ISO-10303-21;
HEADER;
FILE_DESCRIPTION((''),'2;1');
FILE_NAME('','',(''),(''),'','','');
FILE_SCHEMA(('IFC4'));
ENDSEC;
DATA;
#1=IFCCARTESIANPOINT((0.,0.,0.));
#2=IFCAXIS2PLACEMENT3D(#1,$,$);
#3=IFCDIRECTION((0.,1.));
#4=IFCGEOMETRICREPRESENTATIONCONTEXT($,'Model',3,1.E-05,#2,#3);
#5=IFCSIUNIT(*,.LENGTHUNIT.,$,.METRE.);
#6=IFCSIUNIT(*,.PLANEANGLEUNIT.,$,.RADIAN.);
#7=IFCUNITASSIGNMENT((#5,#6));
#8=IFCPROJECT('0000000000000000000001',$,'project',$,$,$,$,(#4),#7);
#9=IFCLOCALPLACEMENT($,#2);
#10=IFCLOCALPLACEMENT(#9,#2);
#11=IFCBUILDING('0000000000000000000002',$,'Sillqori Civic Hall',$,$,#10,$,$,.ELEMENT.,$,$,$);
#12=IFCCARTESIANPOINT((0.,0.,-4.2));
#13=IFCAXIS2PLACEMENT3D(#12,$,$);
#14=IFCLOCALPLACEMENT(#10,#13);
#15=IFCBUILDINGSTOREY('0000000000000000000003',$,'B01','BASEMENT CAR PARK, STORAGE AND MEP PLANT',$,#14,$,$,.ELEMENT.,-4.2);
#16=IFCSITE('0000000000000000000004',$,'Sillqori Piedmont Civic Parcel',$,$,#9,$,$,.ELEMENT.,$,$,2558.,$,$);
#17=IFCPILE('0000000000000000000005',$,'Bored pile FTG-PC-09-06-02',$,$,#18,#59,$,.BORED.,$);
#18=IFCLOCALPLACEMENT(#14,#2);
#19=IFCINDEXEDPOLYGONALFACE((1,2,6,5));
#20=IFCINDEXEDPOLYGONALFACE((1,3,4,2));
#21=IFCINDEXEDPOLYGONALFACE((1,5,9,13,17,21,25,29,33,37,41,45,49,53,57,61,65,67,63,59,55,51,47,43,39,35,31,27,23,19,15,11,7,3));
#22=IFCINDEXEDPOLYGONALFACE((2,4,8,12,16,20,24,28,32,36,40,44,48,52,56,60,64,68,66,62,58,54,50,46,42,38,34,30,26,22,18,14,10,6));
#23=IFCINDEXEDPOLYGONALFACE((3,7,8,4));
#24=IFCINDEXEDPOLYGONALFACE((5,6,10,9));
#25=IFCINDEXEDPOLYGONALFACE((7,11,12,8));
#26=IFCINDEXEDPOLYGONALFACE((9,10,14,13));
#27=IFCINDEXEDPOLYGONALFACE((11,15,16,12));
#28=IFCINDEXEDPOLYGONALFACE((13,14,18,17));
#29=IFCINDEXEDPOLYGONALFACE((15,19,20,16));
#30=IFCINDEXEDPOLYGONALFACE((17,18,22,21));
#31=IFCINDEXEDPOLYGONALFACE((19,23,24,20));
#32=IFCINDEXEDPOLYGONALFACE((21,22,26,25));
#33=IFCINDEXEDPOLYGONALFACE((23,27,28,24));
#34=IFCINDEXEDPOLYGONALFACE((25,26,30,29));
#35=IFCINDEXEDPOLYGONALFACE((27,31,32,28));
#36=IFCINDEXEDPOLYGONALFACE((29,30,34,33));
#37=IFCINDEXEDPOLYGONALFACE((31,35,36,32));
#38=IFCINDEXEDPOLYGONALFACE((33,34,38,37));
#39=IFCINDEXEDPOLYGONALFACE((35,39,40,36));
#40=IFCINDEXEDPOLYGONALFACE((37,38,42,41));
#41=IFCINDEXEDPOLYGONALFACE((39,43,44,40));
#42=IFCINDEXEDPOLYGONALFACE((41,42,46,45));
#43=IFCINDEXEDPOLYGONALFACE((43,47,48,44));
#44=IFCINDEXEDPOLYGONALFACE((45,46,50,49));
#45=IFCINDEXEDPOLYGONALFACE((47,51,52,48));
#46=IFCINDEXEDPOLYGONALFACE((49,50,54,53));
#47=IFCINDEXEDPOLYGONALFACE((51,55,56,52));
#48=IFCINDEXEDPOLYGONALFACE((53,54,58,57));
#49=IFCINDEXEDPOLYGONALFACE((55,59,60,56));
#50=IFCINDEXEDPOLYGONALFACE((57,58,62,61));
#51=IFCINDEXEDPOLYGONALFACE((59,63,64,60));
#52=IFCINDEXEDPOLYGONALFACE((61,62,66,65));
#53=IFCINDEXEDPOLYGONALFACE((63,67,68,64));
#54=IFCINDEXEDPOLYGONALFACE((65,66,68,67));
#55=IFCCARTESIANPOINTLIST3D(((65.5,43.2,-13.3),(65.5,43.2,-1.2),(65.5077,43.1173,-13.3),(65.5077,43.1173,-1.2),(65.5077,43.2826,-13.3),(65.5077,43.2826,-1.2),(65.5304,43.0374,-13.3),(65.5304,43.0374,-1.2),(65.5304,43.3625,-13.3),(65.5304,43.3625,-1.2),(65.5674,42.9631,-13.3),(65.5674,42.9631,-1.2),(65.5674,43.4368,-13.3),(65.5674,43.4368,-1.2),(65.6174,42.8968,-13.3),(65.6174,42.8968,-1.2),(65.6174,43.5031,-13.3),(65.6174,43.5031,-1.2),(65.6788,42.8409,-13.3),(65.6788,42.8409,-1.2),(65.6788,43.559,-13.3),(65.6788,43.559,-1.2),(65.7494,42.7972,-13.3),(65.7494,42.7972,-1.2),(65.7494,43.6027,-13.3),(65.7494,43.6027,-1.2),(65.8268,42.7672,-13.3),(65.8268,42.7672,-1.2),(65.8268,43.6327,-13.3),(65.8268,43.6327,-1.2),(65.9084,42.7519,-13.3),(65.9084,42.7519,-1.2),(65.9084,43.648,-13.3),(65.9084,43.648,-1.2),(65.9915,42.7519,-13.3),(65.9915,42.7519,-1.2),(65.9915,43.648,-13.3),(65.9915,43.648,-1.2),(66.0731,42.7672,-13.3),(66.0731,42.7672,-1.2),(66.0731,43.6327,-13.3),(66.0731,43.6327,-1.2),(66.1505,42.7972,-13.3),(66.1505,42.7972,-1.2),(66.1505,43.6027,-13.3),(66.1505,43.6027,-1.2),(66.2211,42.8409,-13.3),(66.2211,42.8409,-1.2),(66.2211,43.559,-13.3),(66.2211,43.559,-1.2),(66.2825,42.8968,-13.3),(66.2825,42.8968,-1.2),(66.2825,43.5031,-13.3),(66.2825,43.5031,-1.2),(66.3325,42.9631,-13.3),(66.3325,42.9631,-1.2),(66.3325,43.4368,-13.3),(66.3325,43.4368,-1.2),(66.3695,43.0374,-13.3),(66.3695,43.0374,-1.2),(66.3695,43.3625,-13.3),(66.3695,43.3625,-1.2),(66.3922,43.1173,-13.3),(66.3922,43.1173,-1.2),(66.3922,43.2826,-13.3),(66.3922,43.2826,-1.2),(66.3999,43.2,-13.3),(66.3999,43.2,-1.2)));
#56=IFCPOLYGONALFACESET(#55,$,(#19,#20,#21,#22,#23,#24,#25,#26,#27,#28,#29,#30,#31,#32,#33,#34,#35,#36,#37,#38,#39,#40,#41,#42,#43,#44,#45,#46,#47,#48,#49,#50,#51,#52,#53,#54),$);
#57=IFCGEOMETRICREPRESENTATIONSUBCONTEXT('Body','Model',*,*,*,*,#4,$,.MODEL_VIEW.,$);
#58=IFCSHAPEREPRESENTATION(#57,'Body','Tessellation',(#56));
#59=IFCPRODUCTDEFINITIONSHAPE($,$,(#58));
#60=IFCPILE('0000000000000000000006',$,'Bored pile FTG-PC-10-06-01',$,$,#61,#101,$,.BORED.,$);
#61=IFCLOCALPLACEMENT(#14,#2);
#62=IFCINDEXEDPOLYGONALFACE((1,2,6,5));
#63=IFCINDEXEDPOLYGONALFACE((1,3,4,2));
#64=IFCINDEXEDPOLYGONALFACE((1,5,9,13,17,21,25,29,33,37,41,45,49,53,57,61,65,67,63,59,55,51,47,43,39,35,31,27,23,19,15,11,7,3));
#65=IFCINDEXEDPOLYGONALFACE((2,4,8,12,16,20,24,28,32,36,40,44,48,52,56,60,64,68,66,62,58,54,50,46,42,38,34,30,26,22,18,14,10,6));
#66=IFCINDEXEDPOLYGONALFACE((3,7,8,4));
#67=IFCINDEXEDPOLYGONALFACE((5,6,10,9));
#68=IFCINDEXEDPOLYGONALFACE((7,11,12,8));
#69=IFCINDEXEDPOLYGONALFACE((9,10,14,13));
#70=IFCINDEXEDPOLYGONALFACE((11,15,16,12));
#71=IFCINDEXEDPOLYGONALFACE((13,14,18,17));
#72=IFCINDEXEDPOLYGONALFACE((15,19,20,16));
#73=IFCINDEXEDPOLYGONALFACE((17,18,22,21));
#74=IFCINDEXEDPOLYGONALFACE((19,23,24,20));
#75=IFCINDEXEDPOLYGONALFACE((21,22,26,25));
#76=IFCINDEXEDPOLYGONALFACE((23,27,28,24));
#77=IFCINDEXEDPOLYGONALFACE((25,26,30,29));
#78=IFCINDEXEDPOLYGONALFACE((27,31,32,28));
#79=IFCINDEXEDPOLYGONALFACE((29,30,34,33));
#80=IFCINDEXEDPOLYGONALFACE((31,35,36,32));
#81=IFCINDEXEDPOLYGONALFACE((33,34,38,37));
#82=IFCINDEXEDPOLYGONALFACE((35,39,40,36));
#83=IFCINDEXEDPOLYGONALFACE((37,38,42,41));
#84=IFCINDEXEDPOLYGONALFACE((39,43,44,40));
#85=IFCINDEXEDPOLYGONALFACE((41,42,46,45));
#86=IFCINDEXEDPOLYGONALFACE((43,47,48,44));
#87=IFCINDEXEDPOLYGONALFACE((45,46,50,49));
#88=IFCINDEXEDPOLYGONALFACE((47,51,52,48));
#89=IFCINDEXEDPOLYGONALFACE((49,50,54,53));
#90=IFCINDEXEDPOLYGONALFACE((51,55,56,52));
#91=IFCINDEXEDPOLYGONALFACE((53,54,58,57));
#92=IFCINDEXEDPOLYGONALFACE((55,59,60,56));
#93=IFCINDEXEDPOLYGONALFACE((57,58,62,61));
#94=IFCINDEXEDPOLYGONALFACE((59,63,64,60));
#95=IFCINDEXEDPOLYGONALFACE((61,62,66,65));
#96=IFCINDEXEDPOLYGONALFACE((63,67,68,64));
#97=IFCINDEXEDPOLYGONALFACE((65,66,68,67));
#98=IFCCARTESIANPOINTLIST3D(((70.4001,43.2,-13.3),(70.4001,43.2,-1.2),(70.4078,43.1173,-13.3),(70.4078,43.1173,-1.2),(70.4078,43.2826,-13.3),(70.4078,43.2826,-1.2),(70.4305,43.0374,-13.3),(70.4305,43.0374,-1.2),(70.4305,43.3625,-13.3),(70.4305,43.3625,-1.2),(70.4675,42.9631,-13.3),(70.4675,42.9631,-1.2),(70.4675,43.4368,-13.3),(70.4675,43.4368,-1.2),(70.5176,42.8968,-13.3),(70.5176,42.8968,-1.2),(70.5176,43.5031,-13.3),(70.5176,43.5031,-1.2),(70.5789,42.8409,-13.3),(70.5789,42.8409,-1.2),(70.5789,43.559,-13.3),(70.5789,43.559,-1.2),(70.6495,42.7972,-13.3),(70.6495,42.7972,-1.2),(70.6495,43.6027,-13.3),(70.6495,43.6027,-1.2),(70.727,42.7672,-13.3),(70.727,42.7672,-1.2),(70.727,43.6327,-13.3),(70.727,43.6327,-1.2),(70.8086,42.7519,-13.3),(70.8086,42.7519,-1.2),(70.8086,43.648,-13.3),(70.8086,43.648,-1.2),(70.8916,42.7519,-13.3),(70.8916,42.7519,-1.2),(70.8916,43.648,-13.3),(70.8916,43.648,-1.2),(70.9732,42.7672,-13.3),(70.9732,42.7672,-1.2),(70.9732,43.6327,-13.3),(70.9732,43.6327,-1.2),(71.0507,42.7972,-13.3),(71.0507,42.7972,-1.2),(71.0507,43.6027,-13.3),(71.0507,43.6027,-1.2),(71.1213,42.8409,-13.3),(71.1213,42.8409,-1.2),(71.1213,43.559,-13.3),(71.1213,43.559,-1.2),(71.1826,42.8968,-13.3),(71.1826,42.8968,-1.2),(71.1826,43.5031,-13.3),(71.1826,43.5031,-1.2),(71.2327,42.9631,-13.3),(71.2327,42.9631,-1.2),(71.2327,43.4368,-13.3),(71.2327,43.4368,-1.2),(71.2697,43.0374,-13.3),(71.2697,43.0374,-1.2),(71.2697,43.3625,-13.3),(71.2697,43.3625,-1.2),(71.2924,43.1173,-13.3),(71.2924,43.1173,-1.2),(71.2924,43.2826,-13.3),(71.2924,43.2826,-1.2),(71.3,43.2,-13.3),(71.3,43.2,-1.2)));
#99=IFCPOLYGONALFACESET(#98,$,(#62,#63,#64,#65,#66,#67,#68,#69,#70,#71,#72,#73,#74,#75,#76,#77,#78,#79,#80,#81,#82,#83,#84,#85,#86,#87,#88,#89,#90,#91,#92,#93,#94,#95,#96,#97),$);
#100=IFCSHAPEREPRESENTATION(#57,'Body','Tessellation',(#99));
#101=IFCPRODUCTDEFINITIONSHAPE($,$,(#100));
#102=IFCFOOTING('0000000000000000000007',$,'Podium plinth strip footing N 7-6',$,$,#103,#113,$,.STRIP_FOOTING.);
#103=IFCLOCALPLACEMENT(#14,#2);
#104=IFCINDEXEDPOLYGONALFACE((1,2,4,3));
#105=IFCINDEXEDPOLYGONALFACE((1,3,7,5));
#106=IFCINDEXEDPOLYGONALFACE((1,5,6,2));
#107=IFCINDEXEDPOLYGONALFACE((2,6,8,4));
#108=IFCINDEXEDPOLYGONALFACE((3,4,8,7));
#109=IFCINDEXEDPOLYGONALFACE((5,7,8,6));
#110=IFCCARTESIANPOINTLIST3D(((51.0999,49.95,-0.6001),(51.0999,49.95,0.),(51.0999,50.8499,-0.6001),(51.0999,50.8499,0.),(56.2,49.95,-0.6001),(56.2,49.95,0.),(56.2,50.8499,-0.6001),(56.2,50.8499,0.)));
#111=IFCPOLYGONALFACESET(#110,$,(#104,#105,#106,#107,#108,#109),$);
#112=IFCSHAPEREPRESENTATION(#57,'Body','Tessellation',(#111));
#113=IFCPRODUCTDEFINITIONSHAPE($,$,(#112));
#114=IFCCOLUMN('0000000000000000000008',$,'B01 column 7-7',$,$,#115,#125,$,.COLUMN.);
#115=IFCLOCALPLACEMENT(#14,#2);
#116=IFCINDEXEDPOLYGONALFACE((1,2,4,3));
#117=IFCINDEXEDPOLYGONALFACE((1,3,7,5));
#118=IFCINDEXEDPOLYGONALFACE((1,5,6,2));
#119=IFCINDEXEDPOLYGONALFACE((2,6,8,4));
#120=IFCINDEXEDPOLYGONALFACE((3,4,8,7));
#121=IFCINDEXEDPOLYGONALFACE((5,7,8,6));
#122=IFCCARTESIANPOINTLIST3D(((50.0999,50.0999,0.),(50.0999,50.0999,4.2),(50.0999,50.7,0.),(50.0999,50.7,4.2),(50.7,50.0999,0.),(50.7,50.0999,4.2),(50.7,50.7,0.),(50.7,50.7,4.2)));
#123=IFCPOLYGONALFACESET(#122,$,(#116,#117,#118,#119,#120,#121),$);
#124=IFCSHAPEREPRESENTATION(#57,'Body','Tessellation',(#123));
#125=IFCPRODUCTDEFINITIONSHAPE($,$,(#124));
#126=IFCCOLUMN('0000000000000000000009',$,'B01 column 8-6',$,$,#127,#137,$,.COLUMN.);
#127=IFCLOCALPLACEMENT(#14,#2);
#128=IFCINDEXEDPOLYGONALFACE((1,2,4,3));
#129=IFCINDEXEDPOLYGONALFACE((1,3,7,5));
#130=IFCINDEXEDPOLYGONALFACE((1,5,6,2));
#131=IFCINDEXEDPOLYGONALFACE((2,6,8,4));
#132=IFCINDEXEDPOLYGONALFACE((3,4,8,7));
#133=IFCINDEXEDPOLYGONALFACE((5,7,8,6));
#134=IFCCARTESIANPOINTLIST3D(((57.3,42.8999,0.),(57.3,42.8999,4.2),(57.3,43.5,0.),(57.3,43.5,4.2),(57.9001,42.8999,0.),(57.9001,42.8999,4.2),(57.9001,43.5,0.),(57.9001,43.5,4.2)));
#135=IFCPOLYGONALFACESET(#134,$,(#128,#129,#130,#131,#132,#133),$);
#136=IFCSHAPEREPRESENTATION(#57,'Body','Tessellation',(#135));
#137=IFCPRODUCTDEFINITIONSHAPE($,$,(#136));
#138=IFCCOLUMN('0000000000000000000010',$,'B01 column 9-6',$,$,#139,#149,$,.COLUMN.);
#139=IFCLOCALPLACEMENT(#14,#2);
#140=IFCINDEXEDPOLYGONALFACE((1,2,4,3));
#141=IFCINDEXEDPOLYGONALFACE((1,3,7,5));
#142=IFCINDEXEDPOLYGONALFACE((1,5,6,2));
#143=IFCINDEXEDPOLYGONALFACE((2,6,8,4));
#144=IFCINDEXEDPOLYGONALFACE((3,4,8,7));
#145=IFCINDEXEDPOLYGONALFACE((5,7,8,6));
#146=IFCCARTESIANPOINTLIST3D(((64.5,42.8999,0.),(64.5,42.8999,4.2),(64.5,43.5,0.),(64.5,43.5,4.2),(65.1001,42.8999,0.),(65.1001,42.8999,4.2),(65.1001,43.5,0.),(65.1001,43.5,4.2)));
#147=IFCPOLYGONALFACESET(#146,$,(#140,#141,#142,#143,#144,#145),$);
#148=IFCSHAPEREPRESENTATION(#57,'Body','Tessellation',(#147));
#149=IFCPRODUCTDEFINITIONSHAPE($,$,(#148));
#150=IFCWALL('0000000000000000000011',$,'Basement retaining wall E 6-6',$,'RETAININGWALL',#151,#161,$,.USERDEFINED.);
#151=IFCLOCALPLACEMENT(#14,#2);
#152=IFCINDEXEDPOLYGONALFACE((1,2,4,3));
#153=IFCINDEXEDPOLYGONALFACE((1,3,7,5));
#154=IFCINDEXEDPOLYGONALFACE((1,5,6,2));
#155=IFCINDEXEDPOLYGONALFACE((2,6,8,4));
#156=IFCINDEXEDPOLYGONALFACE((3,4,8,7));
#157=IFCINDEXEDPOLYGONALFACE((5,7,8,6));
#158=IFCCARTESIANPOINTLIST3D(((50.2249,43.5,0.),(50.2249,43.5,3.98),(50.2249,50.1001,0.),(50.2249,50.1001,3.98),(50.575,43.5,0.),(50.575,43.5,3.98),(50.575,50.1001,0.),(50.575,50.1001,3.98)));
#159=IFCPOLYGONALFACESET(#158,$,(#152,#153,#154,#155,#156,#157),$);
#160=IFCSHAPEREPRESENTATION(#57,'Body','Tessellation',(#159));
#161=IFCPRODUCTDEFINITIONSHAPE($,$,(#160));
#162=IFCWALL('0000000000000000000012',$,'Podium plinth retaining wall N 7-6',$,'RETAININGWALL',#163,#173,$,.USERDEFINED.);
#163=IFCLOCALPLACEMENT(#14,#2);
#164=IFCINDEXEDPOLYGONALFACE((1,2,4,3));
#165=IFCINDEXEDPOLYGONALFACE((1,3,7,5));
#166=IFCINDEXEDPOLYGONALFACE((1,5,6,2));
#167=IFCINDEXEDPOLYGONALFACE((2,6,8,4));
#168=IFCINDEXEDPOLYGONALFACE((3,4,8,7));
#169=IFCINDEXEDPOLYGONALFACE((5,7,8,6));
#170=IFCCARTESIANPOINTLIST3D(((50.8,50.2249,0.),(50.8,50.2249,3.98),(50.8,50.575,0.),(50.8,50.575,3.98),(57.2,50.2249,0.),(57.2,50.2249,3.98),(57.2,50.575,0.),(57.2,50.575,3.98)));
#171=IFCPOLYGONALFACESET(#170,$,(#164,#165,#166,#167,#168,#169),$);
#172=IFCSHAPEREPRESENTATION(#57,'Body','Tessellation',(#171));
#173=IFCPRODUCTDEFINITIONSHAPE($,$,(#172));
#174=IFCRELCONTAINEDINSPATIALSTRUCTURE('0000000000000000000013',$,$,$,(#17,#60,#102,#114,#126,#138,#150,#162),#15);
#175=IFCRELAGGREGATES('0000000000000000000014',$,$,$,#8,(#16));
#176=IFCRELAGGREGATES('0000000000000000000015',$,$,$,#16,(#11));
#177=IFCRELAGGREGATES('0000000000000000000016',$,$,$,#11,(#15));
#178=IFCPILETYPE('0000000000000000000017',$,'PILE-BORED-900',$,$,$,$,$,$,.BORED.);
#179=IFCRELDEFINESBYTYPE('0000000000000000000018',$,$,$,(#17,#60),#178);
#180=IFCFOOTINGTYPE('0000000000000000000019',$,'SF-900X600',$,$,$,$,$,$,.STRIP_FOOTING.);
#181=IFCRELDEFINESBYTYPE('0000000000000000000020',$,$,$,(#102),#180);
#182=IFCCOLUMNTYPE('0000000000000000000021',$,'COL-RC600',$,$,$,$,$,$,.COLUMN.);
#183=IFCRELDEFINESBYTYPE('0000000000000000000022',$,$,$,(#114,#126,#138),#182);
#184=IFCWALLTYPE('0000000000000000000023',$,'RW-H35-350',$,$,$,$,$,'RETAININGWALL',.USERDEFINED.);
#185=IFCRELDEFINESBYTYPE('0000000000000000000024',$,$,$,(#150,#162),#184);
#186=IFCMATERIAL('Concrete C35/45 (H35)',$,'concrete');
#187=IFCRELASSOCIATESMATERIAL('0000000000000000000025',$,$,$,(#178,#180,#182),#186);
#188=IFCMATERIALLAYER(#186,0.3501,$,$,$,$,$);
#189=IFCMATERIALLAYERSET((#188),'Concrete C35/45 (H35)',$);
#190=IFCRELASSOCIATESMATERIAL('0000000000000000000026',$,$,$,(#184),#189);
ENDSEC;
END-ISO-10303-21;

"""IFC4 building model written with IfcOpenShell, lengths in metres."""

from ifc_helpers import new_model, si_unit, direction, frame, frame_2d, origin, origin_2d, place, context, subcontext, project, spatial, rectangle, circle, extrude, material, layer, layer_set, material_profile, profile_set, type_object, element, save


model = new_model("IFC4")

# Units and contexts
model_context = context("Model", 3, precision=1e-05, world=origin(), true_north=direction((0.0, 1.0)))
body_context = subcontext(model_context, "Body", "Model", "MODEL_VIEW")
ifc_project = project(units=[si_unit("LENGTHUNIT", "METRE"), si_unit("PLANEANGLEUNIT", "RADIAN")], contexts=[model_context])

# Site, building, storey
site_placement = place(None, origin())
site = spatial("IfcSite", under=ifc_project, at=site_placement, Name="Sillqori Piedmont Civic Parcel", CompositionType="ELEMENT", RefElevation=2558.0)
building_placement = place(site_placement, origin())
building = spatial("IfcBuilding", under=site, at=building_placement, Name="Sillqori Civic Hall", CompositionType="ELEMENT")
storey_placement = place(building_placement, frame((0.0, 0.0, -4.2)))
storey = spatial("IfcBuildingStorey", under=building, at=storey_placement, Name="B01", Description="BASEMENT CAR PARK, STORAGE AND MEP PLANT", CompositionType="ELEMENT", Elevation=-4.2)

# Shared definitions
ifc_material = material(Name="Concrete C35/45 (H35)", Category="concrete")

# Piles
ifc_material_profile_1 = material_profile(ifc_material, circle(Radius=0.45, at=origin_2d()), Name="BORED PILE 900")
ifc_profile_set_1 = profile_set([ifc_material_profile_1], Name="Concrete C35/45 (H35)")
pile_type = type_object("IfcPileType", Name="PILE-BORED-900", PredefinedType="BORED", material=ifc_profile_set_1)
for number, where, z_axis, x_axis, name in (
    (1, (65.95, 43.2, -1.2), (0.0, 0.0, -1.0), (1.0, 0.0, 0.0), "Bored pile FTG-PC-09-06-02"),
    (2, (70.8501, 43.2, -1.2), (0.0, 0.0, -1.0), (1.0, 0.0, 0.0), "Bored pile FTG-PC-10-06-01"),
):
    element("IfcPile", number, at=place(storey_placement, frame(where, z_axis=z_axis, x_axis=x_axis)), inside=storey, type_object=pile_type, Name=name, PredefinedType="BORED", context=body_context, shape_type="SweptSolid", body=[
        extrude(circle(Radius=0.45, at=origin_2d()), origin(), (0.0, 0.0, 1.0), 12.1001),
    ])

# Footing
footing_type_1 = type_object("IfcFootingType", Name="SF-900X600", PredefinedType="STRIP_FOOTING", material=ifc_material)
footing_1_placement = place(storey_placement, frame((53.6499, 50.3999, -0.6001), z_axis=(0.0, 0.0, 1.0), x_axis=(1.0, 0.0, 0.0)))
element("IfcFooting", 3, at=footing_1_placement, inside=storey, type_object=footing_type_1, Name="Podium plinth strip footing N 7-6", PredefinedType="STRIP_FOOTING", context=body_context, shape_type="SweptSolid", body=[
    extrude(rectangle(XDim=5.1001, YDim=0.8999, at=origin_2d()), origin(), (0.0, 0.0, 1.0), 0.6001),
])

# Columns
ifc_material_profile_2 = material_profile(ifc_material, rectangle(XDim=0.6001, YDim=0.6001, at=origin_2d()), Name="RC 600x600")
ifc_profile_set_2 = profile_set([ifc_material_profile_2], Name="Concrete C35/45 (H35)")
column_type = type_object("IfcColumnType", Name="COL-RC600", PredefinedType="COLUMN", material=ifc_profile_set_2)
for number, where, z_axis, x_axis, name in (
    (4, (50.3999, 50.3999, 0.0), (0.0, 0.0, 1.0), (1.0, 0.0, 0.0), "B01 column 7-7"),
    (5, (57.6001, 43.2, 0.0), (0.0, 0.0, 1.0), (1.0, 0.0, 0.0), "B01 column 8-6"),
    (6, (64.8, 43.2, 0.0), (0.0, 0.0, 1.0), (1.0, 0.0, 0.0), "B01 column 9-6"),
):
    element("IfcColumn", number, at=place(storey_placement, frame(where, z_axis=z_axis, x_axis=x_axis)), inside=storey, type_object=column_type, Name=name, PredefinedType="COLUMN", context=body_context, shape_type="SweptSolid", body=[
        extrude(rectangle(XDim=0.6001, YDim=0.6001, at=origin_2d()), origin(), (0.0, 0.0, 1.0), 4.2),
    ])

# Walls
ifc_layer = layer(ifc_material, 0.3501)
ifc_layer_set = layer_set([ifc_layer], Name="Concrete C35/45 (H35)")
wall_type = type_object("IfcWallType", Name="RW-H35-350", ElementType="RETAININGWALL", PredefinedType="USERDEFINED", material=ifc_layer_set)
wall_1_placement = place(storey_placement, frame((50.3999, 43.5, 0.0), z_axis=(0.0, 0.0, 1.0), x_axis=(0.0, 1.0, 0.0)))
element("IfcWall", 7, at=wall_1_placement, inside=storey, type_object=wall_type, Name="Basement retaining wall E 6-6", ObjectType="RETAININGWALL", PredefinedType="USERDEFINED", context=body_context, shape_type="SweptSolid", body=[
    extrude(rectangle(XDim=6.6001, YDim=0.3501, at=frame_2d((3.3, 0.0))), origin(), (0.0, 0.0, 1.0), 3.98),
])
wall_2_placement = place(storey_placement, frame((50.8, 50.3999, 0.0), z_axis=(0.0, 0.0, 1.0), x_axis=(1.0, 0.0, 0.0)))
element("IfcWall", 8, at=wall_2_placement, inside=storey, type_object=wall_type, Name="Podium plinth retaining wall N 7-6", ObjectType="RETAININGWALL", PredefinedType="USERDEFINED", context=body_context, shape_type="SweptSolid", body=[
    extrude(rectangle(XDim=6.3999, YDim=0.3501, at=frame_2d((3.2, 0.0))), origin(), (0.0, 0.0, 1.0), 3.98),
])

save(model, "model.ifc")
